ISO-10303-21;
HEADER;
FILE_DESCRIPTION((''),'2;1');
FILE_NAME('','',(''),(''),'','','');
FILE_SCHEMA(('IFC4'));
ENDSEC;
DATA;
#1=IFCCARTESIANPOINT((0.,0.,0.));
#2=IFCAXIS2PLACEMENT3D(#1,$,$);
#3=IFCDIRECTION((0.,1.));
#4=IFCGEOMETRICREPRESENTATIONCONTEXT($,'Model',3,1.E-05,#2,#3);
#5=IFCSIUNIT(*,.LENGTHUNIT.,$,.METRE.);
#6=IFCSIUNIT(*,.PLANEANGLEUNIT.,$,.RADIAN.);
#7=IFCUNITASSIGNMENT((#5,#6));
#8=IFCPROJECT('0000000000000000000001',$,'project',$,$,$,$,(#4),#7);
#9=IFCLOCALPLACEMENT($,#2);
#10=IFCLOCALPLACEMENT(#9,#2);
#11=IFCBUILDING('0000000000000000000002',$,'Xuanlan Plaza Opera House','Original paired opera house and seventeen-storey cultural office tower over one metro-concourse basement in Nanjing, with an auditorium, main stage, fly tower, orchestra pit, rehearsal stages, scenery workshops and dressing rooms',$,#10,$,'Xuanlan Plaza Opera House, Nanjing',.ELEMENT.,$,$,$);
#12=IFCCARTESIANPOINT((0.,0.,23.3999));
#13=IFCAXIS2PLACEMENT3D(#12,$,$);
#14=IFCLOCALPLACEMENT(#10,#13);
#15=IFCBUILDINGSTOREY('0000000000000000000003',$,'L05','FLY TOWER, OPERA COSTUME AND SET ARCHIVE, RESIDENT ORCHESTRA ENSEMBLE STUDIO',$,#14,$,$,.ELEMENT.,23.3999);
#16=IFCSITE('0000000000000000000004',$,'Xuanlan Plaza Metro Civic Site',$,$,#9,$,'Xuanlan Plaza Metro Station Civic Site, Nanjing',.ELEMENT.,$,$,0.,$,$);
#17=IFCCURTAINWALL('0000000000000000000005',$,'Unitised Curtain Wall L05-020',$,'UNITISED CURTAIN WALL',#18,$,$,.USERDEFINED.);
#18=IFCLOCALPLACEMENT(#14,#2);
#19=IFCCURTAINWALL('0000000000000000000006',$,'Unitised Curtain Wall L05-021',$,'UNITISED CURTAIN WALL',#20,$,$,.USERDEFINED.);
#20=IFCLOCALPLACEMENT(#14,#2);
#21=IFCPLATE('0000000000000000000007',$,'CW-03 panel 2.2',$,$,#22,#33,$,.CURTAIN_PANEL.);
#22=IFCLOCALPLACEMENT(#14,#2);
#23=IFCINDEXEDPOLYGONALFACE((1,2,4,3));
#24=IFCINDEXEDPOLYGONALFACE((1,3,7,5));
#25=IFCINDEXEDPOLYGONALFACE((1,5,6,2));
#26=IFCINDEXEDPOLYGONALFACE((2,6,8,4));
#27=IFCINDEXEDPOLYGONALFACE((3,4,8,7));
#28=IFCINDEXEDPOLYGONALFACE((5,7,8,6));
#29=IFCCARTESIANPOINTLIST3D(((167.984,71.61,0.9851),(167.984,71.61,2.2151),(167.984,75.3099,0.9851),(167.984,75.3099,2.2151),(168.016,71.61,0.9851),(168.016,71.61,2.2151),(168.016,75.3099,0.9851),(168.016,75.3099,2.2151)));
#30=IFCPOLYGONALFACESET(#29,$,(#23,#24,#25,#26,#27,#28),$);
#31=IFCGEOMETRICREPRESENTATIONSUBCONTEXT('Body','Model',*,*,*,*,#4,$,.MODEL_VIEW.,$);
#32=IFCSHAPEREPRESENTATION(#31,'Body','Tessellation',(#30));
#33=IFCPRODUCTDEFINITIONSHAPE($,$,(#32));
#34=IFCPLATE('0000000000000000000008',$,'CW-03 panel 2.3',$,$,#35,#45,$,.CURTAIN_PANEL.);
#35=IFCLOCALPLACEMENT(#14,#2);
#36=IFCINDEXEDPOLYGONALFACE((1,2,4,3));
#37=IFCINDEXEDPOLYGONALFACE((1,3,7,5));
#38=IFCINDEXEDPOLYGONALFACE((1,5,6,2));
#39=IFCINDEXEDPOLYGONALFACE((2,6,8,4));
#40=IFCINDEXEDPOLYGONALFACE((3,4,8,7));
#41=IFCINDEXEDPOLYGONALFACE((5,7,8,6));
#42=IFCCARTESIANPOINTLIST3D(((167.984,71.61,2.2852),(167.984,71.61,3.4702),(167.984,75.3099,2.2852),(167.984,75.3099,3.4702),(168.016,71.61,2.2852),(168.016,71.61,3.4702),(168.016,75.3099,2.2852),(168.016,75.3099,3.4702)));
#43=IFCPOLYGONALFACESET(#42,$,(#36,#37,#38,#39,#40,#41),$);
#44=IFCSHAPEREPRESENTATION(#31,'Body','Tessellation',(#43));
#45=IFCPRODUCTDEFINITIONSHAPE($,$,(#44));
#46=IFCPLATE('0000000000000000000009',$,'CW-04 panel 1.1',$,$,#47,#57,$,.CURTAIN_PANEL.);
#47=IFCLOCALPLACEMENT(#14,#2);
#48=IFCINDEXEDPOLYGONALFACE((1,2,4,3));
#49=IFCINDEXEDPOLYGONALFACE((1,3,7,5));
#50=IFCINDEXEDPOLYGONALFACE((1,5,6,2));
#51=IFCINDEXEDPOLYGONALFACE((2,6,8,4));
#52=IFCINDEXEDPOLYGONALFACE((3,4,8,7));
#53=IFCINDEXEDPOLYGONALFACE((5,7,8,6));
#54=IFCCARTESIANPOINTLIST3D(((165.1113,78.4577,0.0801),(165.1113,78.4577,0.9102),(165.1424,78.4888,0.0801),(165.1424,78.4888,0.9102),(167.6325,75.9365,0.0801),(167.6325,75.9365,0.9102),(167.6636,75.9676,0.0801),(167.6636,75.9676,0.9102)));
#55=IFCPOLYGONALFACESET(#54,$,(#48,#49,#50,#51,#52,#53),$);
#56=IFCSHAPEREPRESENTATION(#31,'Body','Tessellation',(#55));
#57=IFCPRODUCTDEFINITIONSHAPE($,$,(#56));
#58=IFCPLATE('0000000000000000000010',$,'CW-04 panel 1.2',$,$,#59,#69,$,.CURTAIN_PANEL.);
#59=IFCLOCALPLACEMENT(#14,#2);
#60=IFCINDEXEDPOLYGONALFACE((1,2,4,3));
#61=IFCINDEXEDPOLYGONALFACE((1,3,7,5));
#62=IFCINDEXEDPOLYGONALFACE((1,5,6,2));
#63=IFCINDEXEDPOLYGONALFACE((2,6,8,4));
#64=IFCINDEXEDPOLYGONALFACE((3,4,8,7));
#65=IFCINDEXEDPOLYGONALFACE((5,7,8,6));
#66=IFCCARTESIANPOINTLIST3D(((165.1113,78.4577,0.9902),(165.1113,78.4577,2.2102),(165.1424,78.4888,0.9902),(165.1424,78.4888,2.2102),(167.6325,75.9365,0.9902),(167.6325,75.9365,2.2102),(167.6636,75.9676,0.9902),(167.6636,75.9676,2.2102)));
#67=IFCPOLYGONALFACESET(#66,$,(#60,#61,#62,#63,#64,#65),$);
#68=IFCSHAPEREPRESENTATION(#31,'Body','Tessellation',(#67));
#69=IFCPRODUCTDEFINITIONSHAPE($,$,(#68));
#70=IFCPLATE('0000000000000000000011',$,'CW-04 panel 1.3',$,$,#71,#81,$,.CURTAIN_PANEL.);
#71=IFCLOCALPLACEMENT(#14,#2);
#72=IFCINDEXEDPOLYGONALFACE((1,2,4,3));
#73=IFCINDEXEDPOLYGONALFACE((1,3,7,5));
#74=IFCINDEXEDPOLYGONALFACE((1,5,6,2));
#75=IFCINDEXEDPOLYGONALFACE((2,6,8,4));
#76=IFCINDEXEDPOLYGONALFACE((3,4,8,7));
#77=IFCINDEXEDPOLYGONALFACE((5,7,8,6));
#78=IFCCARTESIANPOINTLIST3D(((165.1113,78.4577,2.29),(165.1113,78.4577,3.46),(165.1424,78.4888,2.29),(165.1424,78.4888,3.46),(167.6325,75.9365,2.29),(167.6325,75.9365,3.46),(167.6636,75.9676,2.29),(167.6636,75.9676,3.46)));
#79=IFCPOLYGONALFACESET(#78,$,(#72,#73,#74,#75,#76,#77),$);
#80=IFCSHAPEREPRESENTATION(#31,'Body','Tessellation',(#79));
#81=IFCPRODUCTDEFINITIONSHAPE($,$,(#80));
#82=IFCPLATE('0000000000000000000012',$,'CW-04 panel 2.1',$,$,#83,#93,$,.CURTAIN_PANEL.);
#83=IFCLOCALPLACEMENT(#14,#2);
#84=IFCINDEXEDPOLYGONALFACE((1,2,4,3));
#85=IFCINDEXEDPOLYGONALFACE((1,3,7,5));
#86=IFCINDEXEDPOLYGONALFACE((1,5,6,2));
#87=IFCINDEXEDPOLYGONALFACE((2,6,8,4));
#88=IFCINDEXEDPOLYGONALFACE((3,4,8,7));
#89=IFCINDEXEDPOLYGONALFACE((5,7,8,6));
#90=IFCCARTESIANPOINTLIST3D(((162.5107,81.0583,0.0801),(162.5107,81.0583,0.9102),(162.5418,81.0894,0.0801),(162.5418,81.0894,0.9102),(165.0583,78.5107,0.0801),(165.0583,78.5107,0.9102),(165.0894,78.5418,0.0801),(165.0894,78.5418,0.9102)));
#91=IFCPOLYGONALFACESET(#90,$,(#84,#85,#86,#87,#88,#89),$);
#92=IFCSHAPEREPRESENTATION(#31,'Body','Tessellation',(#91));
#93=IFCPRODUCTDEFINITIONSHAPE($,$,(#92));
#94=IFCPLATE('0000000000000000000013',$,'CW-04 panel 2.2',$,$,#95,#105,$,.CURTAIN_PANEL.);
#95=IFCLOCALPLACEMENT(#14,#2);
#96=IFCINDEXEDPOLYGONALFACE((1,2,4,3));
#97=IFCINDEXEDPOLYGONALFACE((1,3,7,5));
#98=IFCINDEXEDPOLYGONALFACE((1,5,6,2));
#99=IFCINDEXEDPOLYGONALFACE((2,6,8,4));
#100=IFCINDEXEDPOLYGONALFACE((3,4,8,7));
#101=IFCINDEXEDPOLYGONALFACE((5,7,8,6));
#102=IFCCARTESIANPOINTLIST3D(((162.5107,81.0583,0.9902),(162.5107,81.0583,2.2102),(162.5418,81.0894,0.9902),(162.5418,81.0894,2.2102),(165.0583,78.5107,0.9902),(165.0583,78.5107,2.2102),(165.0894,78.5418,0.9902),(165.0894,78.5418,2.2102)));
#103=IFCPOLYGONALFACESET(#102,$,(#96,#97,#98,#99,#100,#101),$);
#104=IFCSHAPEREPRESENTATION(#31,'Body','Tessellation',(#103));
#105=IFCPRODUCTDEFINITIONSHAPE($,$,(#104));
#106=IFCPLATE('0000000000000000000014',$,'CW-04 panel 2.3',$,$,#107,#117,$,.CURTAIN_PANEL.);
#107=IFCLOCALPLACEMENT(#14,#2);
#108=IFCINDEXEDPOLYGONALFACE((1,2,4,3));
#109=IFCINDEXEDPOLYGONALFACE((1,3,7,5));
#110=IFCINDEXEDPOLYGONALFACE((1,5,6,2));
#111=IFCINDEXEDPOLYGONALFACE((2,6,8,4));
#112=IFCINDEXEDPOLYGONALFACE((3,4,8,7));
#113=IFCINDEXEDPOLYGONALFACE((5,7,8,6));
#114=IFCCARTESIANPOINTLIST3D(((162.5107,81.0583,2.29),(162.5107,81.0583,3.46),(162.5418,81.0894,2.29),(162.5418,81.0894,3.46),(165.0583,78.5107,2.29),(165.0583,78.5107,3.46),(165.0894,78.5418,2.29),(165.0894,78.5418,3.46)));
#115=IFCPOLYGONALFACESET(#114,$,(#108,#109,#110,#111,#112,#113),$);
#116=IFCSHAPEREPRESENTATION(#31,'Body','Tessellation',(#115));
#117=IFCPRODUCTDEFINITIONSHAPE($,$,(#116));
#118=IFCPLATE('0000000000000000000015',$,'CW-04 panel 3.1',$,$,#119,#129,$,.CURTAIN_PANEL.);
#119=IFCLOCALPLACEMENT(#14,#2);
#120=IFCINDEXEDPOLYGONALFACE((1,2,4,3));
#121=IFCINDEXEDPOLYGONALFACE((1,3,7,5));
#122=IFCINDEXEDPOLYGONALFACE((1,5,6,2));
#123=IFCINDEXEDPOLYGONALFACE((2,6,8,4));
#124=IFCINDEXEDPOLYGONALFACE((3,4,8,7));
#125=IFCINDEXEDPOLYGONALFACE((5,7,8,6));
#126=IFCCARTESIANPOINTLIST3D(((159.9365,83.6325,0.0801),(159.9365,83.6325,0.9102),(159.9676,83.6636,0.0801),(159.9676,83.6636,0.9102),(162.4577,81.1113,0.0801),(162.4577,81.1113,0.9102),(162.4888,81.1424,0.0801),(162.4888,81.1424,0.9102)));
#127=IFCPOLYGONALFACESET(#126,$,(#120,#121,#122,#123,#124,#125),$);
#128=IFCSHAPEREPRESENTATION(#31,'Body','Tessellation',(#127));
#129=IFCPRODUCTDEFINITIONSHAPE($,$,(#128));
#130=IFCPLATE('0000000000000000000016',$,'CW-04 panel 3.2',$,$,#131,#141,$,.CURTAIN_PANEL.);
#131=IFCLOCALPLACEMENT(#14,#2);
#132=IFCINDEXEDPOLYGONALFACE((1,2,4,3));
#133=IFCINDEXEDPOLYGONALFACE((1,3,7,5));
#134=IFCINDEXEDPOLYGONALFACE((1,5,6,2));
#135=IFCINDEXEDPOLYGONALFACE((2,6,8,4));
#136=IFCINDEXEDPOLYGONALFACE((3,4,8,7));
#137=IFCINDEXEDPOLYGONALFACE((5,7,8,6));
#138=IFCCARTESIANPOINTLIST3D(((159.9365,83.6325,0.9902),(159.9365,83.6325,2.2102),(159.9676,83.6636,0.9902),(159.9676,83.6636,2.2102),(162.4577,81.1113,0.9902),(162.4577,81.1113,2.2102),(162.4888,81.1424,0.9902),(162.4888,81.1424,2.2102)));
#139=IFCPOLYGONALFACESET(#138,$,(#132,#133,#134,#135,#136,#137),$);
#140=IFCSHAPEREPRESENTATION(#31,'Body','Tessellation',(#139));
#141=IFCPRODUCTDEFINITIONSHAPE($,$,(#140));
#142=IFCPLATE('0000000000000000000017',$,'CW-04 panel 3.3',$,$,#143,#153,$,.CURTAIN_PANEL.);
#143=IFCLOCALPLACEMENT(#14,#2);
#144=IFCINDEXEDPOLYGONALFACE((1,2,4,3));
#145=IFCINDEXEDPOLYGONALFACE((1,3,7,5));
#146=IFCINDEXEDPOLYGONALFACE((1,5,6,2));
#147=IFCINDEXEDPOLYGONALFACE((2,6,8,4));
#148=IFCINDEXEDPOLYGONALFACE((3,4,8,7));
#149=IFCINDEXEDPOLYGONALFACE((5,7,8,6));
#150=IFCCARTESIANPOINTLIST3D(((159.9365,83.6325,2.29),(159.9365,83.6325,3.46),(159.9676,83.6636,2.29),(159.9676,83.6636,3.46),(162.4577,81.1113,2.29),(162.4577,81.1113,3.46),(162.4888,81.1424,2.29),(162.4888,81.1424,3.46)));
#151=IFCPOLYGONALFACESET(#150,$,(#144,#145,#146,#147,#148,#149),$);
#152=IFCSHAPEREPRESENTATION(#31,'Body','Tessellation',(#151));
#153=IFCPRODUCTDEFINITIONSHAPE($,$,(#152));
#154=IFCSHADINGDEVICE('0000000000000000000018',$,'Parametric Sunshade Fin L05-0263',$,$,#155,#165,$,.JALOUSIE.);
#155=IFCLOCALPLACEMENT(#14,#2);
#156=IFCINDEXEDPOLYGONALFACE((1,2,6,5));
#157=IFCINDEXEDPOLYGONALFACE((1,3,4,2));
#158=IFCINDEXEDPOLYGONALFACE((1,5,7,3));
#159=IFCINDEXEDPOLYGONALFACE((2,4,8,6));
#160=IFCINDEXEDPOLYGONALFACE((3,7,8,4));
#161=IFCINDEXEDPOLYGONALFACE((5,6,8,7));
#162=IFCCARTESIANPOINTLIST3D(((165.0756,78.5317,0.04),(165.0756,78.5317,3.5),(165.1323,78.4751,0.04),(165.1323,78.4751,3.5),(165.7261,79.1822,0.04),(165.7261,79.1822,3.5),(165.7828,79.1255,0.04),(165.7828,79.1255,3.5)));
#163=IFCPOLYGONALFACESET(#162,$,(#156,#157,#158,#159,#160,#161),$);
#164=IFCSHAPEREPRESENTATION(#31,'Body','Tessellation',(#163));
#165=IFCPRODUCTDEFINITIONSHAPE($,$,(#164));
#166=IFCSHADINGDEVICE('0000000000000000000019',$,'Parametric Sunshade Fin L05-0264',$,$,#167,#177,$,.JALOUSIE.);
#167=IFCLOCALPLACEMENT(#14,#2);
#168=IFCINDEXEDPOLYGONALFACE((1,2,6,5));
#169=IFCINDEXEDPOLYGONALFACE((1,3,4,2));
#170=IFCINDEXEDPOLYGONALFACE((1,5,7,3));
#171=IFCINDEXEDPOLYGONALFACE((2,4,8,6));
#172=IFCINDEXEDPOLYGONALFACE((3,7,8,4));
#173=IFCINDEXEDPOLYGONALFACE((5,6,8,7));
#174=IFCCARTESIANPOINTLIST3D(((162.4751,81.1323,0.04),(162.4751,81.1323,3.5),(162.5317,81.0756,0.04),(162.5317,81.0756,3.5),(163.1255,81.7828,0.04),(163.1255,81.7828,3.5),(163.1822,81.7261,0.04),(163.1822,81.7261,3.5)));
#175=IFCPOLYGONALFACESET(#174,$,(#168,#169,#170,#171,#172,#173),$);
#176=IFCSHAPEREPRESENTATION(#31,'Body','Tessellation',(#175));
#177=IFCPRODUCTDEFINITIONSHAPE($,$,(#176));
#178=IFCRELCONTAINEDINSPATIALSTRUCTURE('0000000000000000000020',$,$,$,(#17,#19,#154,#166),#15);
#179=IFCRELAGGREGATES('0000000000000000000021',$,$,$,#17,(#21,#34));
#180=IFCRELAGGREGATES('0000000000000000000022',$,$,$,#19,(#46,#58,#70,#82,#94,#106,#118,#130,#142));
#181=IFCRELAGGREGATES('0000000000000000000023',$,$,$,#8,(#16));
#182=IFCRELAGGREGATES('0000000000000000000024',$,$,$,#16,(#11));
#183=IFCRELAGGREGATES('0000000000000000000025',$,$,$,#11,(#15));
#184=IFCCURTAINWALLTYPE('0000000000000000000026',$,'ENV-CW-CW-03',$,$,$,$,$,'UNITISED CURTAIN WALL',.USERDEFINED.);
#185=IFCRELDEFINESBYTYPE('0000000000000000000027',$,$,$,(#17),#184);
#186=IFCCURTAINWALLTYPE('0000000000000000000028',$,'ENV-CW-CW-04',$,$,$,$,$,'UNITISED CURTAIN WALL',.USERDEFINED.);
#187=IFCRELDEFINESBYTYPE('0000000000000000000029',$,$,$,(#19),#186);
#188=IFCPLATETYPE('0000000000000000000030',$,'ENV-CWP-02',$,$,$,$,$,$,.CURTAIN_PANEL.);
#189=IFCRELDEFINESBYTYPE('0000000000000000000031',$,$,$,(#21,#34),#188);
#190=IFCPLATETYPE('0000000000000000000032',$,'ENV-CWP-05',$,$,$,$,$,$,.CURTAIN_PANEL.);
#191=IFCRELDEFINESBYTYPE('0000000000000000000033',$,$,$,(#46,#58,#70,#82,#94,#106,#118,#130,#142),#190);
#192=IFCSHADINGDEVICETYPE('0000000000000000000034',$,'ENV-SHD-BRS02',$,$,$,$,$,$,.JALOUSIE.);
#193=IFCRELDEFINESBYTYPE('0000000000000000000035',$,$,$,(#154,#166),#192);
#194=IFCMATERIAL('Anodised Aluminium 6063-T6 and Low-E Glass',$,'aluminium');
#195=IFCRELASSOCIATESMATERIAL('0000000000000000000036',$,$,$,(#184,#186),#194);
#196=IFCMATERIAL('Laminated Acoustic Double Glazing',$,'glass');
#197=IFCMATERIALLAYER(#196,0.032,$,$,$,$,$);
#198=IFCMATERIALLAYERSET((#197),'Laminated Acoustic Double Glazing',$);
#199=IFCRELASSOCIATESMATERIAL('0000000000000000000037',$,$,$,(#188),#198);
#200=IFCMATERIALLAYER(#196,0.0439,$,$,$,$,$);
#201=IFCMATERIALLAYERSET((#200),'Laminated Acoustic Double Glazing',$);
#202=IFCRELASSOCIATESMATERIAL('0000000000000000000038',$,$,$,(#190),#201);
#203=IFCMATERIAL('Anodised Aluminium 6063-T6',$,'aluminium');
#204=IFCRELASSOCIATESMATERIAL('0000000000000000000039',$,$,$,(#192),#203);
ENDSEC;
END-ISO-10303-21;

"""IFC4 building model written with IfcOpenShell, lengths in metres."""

from ifc_helpers import new_model, si_unit, direction, frame, origin, origin_2d, place, context, subcontext, project, spatial, rectangle, extrude, material, layer, layer_set, type_object, element, aggregate, save


model = new_model("IFC4")

# Units and contexts
model_context = context("Model", 3, precision=1e-05, world=origin(), true_north=direction((0.0, 1.0)))
body_context = subcontext(model_context, "Body", "Model", "MODEL_VIEW")
ifc_project = project(units=[si_unit("LENGTHUNIT", "METRE"), si_unit("PLANEANGLEUNIT", "RADIAN")], contexts=[model_context])

# Site, building, storey
site_placement = place(None, origin())
site = spatial("IfcSite", under=ifc_project, at=site_placement, Name="Xuanlan Plaza Metro Civic Site", LongName="Xuanlan Plaza Metro Station Civic Site, Nanjing", CompositionType="ELEMENT", RefElevation=0.0)
building_placement = place(site_placement, origin())
building = spatial("IfcBuilding", under=site, at=building_placement, Name="Xuanlan Plaza Opera House", Description="Original paired opera house and seventeen-storey cultural office tower over one metro-concourse basement in Nanjing, with an auditorium, main stage, fly tower, orchestra pit, rehearsal stages, scenery workshops and dressing rooms", LongName="Xuanlan Plaza Opera House, Nanjing", CompositionType="ELEMENT")
storey_placement = place(building_placement, frame((0.0, 0.0, 23.3999)))
storey = spatial("IfcBuildingStorey", under=building, at=storey_placement, Name="L05", Description="FLY TOWER, OPERA COSTUME AND SET ARCHIVE, RESIDENT ORCHESTRA ENSEMBLE STUDIO", CompositionType="ELEMENT", Elevation=23.3999)

# Curtain wall
ifc_material_1 = material(Name="Anodised Aluminium 6063-T6 and Low-E Glass", Category="aluminium")
curtain_wall_type_1 = type_object("IfcCurtainWallType", Name="ENV-CW-CW-03", ElementType="UNITISED CURTAIN WALL", PredefinedType="USERDEFINED", material=ifc_material_1)
curtain_wall_1_placement = place(storey_placement, origin())
curtain_wall_1 = element("IfcCurtainWall", 1, at=curtain_wall_1_placement, inside=storey, type_object=curtain_wall_type_1, Name="Unitised Curtain Wall L05-020", ObjectType="UNITISED CURTAIN WALL", PredefinedType="USERDEFINED")
ifc_material_2 = material(Name="Anodised Aluminium 6063-T6", Category="aluminium")

# Curtain wall
curtain_wall_type_2 = type_object("IfcCurtainWallType", Name="ENV-CW-CW-04", ElementType="UNITISED CURTAIN WALL", PredefinedType="USERDEFINED", material=ifc_material_1)
curtain_wall_2_placement = place(storey_placement, origin())
curtain_wall_2 = element("IfcCurtainWall", 2, at=curtain_wall_2_placement, inside=storey, type_object=curtain_wall_type_2, Name="Unitised Curtain Wall L05-021", ObjectType="UNITISED CURTAIN WALL", PredefinedType="USERDEFINED")

# Plates
ifc_material_3 = material(Name="Laminated Acoustic Double Glazing", Category="glass")
ifc_layer_1 = layer(ifc_material_3, 0.032)
ifc_layer_set_1 = layer_set([ifc_layer_1], Name="Laminated Acoustic Double Glazing")
plate_type_1 = type_object("IfcPlateType", Name="ENV-CWP-02", PredefinedType="CURTAIN_PANEL", material=ifc_layer_set_1)
plate_1_placement = place(storey_placement, frame((168.0, 73.46, 0.9851), z_axis=(0.0, 0.0, 1.0), x_axis=(0.0, 1.0, 0.0)))
plate_1 = element("IfcPlate", 3, at=plate_1_placement, type_object=plate_type_1, Name="CW-03 panel 2.2", PredefinedType="CURTAIN_PANEL", context=body_context, shape_type="SweptSolid", body=[
    extrude(rectangle(XDim=3.7, YDim=0.032, at=origin_2d()), origin(), (0.0, 0.0, 1.0), 1.23),
])
plate_2_placement = place(storey_placement, frame((168.0, 73.46, 2.2852), z_axis=(0.0, 0.0, 1.0), x_axis=(0.0, 1.0, 0.0)))
plate_2 = element("IfcPlate", 4, at=plate_2_placement, type_object=plate_type_1, Name="CW-03 panel 2.3", PredefinedType="CURTAIN_PANEL", context=body_context, shape_type="SweptSolid", body=[
    extrude(rectangle(XDim=3.7, YDim=0.032, at=origin_2d()), origin(), (0.0, 0.0, 1.0), 1.1851),
])
aggregate(curtain_wall_1, [plate_1, plate_2])
ifc_layer_2 = layer(ifc_material_3, 0.0439)
ifc_layer_set_2 = layer_set([ifc_layer_2], Name="Laminated Acoustic Double Glazing")
plate_type_2 = type_object("IfcPlateType", Name="ENV-CWP-05", PredefinedType="CURTAIN_PANEL", material=ifc_layer_set_2)
plate_3_placement = place(storey_placement, frame((166.3875, 77.2126, 0.0801), z_axis=(0.0, 0.0, 1.0), x_axis=(-0.707107, 0.707107, 0.0)))
plate_3 = element("IfcPlate", 5, at=plate_3_placement, type_object=plate_type_2, Name="CW-04 panel 1.1", PredefinedType="CURTAIN_PANEL", context=body_context, shape_type="SweptSolid", body=[
    extrude(rectangle(XDim=3.5654, YDim=0.0439, at=origin_2d()), origin(), (0.0, 0.0, 1.0), 0.8301),
])
plate_4_placement = place(storey_placement, frame((166.3875, 77.2126, 0.9902), z_axis=(0.0, 0.0, 1.0), x_axis=(-0.707107, 0.707107, 0.0)))
plate_4 = element("IfcPlate", 6, at=plate_4_placement, type_object=plate_type_2, Name="CW-04 panel 1.2", PredefinedType="CURTAIN_PANEL", context=body_context, shape_type="SweptSolid", body=[
    extrude(rectangle(XDim=3.5654, YDim=0.0439, at=origin_2d()), origin(), (0.0, 0.0, 1.0), 1.22),
])
plate_5_placement = place(storey_placement, frame((166.3875, 77.2126, 2.29), z_axis=(0.0, 0.0, 1.0), x_axis=(-0.707107, 0.707107, 0.0)))
plate_5 = element("IfcPlate", 7, at=plate_5_placement, type_object=plate_type_2, Name="CW-04 panel 1.3", PredefinedType="CURTAIN_PANEL", context=body_context, shape_type="SweptSolid", body=[
    extrude(rectangle(XDim=3.5654, YDim=0.0439, at=origin_2d()), origin(), (0.0, 0.0, 1.0), 1.1699),
])
plate_6_placement = place(storey_placement, frame((163.8, 79.8, 0.0801), z_axis=(0.0, 0.0, 1.0), x_axis=(-0.707107, 0.707107, 0.0)))
plate_6 = element("IfcPlate", 8, at=plate_6_placement, type_object=plate_type_2, Name="CW-04 panel 2.1", PredefinedType="CURTAIN_PANEL", context=body_context, shape_type="SweptSolid", body=[
    extrude(rectangle(XDim=3.6028, YDim=0.0439, at=origin_2d()), origin(), (0.0, 0.0, 1.0), 0.8301),
])
plate_7_placement = place(storey_placement, frame((163.8, 79.8, 0.9902), z_axis=(0.0, 0.0, 1.0), x_axis=(-0.707107, 0.707107, 0.0)))
plate_7 = element("IfcPlate", 9, at=plate_7_placement, type_object=plate_type_2, Name="CW-04 panel 2.2", PredefinedType="CURTAIN_PANEL", context=body_context, shape_type="SweptSolid", body=[
    extrude(rectangle(XDim=3.6028, YDim=0.0439, at=origin_2d()), origin(), (0.0, 0.0, 1.0), 1.22),
])
plate_8_placement = place(storey_placement, frame((163.8, 79.8, 2.29), z_axis=(0.0, 0.0, 1.0), x_axis=(-0.707107, 0.707107, 0.0)))
plate_8 = element("IfcPlate", 10, at=plate_8_placement, type_object=plate_type_2, Name="CW-04 panel 2.3", PredefinedType="CURTAIN_PANEL", context=body_context, shape_type="SweptSolid", body=[
    extrude(rectangle(XDim=3.6028, YDim=0.0439, at=origin_2d()), origin(), (0.0, 0.0, 1.0), 1.1699),
])
plate_9_placement = place(storey_placement, frame((161.2126, 82.3875, 0.0801), z_axis=(0.0, 0.0, 1.0), x_axis=(-0.707107, 0.707107, 0.0)))
plate_9 = element("IfcPlate", 11, at=plate_9_placement, type_object=plate_type_2, Name="CW-04 panel 3.1", PredefinedType="CURTAIN_PANEL", context=body_context, shape_type="SweptSolid", body=[
    extrude(rectangle(XDim=3.5654, YDim=0.0439, at=origin_2d()), origin(), (0.0, 0.0, 1.0), 0.8301),
])
plate_10_placement = place(storey_placement, frame((161.2126, 82.3875, 0.9902), z_axis=(0.0, 0.0, 1.0), x_axis=(-0.707107, 0.707107, 0.0)))
plate_10 = element("IfcPlate", 12, at=plate_10_placement, type_object=plate_type_2, Name="CW-04 panel 3.2", PredefinedType="CURTAIN_PANEL", context=body_context, shape_type="SweptSolid", body=[
    extrude(rectangle(XDim=3.5654, YDim=0.0439, at=origin_2d()), origin(), (0.0, 0.0, 1.0), 1.22),
])
plate_11_placement = place(storey_placement, frame((161.2126, 82.3875, 2.29), z_axis=(0.0, 0.0, 1.0), x_axis=(-0.707107, 0.707107, 0.0)))
plate_11 = element("IfcPlate", 13, at=plate_11_placement, type_object=plate_type_2, Name="CW-04 panel 3.3", PredefinedType="CURTAIN_PANEL", context=body_context, shape_type="SweptSolid", body=[
    extrude(rectangle(XDim=3.5654, YDim=0.0439, at=origin_2d()), origin(), (0.0, 0.0, 1.0), 1.1699),
])
aggregate(curtain_wall_2, [plate_3, plate_4, plate_5, plate_6, plate_7, plate_8, plate_9, plate_10, plate_11])

# Shading devices
shading_device_type = type_object("IfcShadingDeviceType", Name="ENV-SHD-BRS02", PredefinedType="JALOUSIE", material=ifc_material_2)
for number, where, z_axis, x_axis, name in (
    (14, (165.4292, 78.8286, 0.04), (0.0, 0.0, 1.0), (0.707107, 0.707107, 0.0), "Parametric Sunshade Fin L05-0263"),
    (15, (162.8286, 81.4292, 0.04), (0.0, 0.0, 1.0), (0.707107, 0.707107, 0.0), "Parametric Sunshade Fin L05-0264"),
):
    element("IfcShadingDevice", number, at=place(storey_placement, frame(where, z_axis=z_axis, x_axis=x_axis)), inside=storey, type_object=shading_device_type, Name=name, PredefinedType="JALOUSIE", context=body_context, shape_type="SweptSolid", body=[
        extrude(rectangle(XDim=0.9199, YDim=0.0801, at=origin_2d()), origin(), (0.0, 0.0, 1.0), 3.46),
    ])

save(model, "model.ifc")
